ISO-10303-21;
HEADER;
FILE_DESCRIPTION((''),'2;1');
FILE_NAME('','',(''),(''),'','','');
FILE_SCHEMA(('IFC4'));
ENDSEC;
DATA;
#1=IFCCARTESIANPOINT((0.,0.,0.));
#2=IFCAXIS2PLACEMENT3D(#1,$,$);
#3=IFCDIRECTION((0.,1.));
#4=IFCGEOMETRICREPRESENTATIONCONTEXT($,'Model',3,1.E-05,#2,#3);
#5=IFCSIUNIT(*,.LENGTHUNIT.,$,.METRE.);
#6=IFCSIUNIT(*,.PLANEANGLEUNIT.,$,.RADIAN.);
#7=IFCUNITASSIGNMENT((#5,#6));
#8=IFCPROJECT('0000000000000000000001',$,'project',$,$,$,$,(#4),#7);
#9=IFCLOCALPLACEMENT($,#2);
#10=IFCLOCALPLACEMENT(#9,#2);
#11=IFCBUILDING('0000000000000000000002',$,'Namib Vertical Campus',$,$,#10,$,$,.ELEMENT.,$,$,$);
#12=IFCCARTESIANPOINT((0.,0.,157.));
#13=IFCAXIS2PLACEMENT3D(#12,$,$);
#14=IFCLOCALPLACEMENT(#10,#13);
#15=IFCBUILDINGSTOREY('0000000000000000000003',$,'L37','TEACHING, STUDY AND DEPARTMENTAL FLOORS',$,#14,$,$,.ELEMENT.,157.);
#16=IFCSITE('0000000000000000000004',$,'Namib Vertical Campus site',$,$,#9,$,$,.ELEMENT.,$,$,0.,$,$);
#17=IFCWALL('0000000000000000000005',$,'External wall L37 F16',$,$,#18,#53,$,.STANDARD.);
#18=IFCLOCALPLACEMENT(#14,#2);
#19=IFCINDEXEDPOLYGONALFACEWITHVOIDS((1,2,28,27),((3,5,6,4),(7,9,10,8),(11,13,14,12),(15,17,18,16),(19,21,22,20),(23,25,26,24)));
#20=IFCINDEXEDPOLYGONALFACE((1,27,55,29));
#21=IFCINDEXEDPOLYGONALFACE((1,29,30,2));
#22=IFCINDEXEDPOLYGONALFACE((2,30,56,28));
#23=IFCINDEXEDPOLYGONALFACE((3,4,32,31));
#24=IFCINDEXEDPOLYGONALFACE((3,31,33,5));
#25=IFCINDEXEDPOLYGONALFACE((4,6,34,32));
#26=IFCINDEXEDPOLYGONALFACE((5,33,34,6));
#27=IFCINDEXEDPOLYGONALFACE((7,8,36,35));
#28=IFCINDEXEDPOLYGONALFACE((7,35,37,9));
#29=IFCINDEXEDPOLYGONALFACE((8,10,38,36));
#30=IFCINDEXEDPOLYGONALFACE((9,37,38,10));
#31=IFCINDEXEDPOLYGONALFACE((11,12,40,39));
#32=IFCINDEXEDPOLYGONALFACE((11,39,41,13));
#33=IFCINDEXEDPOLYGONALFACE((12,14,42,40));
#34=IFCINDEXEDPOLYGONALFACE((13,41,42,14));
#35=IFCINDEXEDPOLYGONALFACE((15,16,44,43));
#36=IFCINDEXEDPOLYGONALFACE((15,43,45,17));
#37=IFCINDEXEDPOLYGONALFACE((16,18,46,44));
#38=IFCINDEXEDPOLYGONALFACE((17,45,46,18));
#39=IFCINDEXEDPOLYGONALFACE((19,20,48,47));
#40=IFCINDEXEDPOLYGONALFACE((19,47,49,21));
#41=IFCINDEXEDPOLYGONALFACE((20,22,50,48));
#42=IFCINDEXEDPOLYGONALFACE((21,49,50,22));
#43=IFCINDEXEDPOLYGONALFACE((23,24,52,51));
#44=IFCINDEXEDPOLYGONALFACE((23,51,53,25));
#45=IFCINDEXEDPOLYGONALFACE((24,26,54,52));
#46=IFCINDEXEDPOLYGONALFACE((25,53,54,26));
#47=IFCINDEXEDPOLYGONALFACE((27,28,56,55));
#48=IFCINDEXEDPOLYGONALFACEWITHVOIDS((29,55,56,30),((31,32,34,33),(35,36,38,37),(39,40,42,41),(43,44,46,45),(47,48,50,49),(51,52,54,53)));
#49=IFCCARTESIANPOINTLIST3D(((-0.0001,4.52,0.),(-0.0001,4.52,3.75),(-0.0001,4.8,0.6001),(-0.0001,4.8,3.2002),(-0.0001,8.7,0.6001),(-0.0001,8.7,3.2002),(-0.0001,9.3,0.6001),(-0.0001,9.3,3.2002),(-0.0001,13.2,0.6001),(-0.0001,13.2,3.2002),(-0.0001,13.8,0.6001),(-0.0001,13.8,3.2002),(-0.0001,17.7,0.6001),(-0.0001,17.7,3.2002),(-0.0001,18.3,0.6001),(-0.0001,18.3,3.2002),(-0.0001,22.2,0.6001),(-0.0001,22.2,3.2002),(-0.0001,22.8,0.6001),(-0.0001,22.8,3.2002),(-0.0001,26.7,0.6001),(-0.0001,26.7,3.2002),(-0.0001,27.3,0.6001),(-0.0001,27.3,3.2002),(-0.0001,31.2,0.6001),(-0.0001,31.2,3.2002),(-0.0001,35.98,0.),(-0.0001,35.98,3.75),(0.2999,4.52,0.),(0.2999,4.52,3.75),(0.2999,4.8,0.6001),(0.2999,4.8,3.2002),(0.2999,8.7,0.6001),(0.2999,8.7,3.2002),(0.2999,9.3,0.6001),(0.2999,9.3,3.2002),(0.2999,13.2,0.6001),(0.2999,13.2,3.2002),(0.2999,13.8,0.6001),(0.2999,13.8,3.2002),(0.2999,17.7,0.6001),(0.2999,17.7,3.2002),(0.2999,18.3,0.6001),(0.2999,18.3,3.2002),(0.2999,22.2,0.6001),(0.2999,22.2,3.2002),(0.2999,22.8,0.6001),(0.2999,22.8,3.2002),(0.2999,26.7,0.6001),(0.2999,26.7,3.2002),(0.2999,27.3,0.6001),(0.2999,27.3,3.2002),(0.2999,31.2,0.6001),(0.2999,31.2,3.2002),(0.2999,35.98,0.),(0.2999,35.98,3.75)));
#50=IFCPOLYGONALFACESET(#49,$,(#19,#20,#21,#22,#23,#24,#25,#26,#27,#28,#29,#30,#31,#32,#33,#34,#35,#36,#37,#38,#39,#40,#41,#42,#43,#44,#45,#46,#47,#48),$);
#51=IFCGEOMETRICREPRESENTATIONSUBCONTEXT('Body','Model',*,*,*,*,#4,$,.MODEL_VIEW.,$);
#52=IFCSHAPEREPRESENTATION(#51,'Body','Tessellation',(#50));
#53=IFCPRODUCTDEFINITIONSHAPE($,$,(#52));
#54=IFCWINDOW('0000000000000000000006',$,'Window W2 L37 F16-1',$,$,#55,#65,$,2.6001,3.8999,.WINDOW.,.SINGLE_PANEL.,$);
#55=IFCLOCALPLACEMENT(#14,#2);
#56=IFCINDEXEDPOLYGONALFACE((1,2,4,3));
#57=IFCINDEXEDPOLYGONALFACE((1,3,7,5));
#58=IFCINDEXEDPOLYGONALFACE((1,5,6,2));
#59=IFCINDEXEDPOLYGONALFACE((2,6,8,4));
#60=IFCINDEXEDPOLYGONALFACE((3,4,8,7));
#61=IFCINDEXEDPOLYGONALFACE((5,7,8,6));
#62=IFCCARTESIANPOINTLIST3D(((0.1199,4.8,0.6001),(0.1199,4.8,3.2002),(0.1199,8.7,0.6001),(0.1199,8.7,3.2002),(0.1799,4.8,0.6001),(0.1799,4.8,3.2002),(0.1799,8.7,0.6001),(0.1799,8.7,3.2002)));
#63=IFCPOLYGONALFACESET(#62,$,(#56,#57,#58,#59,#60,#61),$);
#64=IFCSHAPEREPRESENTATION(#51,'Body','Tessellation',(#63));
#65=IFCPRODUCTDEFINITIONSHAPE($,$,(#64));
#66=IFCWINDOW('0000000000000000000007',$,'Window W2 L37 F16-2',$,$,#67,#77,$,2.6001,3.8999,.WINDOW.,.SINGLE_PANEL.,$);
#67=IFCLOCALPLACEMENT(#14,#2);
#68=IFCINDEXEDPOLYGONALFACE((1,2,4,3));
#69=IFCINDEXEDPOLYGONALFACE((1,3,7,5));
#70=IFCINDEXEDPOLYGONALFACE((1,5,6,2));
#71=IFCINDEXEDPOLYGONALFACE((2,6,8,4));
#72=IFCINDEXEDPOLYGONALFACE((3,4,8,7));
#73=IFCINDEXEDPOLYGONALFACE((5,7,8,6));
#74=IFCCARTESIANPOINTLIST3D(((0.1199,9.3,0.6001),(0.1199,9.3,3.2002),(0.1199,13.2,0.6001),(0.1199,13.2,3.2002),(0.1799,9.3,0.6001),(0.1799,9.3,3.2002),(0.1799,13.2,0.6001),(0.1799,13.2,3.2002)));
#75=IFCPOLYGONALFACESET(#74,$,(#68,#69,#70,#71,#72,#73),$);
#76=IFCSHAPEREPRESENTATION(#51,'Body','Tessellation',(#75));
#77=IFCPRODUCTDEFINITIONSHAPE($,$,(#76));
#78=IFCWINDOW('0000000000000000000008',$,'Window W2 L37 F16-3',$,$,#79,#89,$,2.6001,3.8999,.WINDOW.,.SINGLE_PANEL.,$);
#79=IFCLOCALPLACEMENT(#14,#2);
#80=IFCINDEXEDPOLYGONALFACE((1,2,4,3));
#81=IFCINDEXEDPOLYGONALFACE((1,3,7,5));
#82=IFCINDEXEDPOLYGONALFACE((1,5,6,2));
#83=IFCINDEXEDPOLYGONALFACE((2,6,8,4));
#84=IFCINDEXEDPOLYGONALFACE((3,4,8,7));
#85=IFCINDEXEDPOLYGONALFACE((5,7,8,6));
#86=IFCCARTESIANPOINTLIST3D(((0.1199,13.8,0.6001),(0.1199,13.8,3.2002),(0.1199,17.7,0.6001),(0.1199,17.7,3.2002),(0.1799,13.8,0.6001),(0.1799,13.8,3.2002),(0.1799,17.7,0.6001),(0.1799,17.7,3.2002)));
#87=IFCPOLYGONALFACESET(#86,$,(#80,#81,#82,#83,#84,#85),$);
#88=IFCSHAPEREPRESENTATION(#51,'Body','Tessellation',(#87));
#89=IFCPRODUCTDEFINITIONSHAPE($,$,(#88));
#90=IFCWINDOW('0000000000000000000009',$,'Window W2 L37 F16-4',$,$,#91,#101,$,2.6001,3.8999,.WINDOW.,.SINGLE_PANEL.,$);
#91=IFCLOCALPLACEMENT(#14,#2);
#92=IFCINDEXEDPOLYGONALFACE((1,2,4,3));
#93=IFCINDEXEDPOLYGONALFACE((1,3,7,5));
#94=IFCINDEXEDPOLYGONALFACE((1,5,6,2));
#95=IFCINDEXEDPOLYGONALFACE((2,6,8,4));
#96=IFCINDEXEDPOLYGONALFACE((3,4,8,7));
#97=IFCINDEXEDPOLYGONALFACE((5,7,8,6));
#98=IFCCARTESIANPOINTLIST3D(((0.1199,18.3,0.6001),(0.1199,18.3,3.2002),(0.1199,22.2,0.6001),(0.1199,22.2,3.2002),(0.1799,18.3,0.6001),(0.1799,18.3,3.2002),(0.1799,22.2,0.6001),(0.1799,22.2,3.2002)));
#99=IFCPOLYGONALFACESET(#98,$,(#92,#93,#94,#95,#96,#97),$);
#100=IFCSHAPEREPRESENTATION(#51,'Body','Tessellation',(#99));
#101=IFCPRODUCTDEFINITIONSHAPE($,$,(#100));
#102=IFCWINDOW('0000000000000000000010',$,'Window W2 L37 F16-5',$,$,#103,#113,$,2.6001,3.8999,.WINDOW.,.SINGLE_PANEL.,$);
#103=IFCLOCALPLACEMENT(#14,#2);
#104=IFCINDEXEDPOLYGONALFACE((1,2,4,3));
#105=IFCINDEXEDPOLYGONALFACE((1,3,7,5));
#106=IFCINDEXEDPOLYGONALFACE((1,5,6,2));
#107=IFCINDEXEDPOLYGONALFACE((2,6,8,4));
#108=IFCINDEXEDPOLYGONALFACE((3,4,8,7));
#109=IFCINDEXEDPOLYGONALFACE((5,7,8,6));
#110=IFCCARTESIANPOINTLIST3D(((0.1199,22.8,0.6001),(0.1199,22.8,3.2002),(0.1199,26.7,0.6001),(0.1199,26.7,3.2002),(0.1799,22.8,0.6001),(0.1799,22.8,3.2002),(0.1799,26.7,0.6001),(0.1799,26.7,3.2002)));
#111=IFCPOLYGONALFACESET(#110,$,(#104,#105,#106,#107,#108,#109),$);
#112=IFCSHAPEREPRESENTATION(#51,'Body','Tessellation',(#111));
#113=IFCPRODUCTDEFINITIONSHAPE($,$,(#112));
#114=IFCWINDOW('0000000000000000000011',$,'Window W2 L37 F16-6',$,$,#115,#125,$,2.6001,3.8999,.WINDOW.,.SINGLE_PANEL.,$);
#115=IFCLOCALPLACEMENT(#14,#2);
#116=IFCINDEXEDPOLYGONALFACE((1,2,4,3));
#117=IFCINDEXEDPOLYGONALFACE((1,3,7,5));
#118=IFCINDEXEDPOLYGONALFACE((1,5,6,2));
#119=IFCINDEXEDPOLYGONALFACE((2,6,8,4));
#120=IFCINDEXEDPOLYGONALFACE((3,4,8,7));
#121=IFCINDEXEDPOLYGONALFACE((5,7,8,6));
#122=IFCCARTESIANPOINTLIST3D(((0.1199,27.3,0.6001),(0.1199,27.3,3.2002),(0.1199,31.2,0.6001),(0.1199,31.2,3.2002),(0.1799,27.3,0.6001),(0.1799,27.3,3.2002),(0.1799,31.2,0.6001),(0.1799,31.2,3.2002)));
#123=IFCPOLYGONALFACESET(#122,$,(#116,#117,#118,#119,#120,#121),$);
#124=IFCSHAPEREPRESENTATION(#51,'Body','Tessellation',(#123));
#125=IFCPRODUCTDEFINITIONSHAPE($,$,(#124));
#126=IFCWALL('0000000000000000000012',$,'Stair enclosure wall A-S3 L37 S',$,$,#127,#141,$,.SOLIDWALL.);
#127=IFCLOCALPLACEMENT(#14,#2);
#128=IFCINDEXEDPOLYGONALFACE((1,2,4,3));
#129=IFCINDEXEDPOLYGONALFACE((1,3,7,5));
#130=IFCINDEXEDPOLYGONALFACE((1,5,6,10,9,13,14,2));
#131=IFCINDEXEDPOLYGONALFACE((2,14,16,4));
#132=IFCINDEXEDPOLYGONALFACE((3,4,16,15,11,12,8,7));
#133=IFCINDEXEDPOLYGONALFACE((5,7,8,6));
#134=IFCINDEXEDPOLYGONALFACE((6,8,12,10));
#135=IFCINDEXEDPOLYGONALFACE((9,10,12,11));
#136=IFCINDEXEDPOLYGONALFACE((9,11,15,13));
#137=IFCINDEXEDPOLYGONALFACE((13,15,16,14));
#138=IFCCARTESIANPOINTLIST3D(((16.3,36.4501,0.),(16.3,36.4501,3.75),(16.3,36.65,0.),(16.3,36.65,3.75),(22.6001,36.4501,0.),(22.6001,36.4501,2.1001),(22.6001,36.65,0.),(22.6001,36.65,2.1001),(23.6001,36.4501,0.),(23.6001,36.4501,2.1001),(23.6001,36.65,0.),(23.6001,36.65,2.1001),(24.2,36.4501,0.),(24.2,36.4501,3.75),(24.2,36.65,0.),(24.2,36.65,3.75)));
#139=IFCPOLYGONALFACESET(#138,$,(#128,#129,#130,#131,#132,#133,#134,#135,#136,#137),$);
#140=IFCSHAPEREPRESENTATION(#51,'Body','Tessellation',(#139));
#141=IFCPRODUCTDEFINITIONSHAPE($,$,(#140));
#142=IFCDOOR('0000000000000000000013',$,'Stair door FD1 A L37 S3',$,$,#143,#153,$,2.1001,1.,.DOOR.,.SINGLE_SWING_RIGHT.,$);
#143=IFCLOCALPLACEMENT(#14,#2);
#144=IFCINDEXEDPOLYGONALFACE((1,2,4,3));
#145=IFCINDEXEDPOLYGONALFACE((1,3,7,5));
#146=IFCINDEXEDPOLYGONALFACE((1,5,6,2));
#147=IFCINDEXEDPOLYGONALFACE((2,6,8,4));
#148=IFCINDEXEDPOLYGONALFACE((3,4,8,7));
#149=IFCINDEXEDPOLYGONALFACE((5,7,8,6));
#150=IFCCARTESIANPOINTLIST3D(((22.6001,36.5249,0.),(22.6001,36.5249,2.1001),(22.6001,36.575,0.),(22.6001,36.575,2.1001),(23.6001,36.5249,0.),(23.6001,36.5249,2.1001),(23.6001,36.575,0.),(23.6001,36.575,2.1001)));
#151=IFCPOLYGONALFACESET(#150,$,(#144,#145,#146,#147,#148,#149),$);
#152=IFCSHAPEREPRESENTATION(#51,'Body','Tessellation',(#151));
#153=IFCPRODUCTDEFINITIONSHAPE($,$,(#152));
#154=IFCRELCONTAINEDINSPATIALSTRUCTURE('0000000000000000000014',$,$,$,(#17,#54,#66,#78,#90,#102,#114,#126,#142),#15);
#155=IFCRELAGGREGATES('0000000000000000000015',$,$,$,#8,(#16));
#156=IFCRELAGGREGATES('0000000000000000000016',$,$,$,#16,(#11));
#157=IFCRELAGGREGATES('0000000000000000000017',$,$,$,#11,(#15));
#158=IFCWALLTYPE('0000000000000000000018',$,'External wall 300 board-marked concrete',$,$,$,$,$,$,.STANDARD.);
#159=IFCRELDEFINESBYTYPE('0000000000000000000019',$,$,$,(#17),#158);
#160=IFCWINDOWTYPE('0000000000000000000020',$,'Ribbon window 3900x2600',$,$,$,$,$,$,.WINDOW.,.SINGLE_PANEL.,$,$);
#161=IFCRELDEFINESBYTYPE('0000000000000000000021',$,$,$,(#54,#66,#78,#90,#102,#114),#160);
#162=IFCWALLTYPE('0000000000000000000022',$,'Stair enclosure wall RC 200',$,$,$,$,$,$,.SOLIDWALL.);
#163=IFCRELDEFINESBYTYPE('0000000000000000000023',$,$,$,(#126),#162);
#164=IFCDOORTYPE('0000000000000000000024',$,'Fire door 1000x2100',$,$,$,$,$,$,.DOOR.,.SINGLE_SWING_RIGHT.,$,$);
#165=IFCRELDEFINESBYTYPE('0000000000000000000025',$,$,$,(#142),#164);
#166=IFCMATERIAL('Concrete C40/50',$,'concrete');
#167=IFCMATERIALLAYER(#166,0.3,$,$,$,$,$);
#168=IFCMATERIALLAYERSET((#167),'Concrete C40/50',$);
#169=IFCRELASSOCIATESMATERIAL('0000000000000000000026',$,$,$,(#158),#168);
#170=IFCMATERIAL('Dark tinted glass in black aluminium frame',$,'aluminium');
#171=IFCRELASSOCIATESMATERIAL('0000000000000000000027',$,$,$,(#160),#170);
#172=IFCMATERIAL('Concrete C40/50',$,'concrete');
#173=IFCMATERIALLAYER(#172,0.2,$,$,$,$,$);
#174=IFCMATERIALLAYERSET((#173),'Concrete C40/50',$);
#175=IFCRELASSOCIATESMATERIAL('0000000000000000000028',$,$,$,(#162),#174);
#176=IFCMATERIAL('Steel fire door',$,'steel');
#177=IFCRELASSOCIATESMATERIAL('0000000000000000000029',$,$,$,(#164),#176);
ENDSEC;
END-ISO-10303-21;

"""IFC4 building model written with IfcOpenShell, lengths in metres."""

from ifc_helpers import new_model, si_unit, direction, frame, frame_2d, origin, place, context, subcontext, project, spatial, rectangle, extrude, material, layer, layer_set, type_object, element, fill, save


model = new_model("IFC4")

# Units and contexts
model_context = context("Model", 3, precision=1e-05, world=origin(), true_north=direction((0.0, 1.0)))
body_context = subcontext(model_context, "Body", "Model", "MODEL_VIEW")
ifc_project = project(units=[si_unit("LENGTHUNIT", "METRE"), si_unit("PLANEANGLEUNIT", "RADIAN")], contexts=[model_context])

# Site, building, storey
site_placement = place(None, origin())
site = spatial("IfcSite", under=ifc_project, at=site_placement, Name="Namib Vertical Campus site", CompositionType="ELEMENT", RefElevation=0.0)
building_placement = place(site_placement, origin())
building = spatial("IfcBuilding", under=site, at=building_placement, Name="Namib Vertical Campus", CompositionType="ELEMENT")
storey_placement = place(building_placement, frame((0.0, 0.0, 157.0)))
storey = spatial("IfcBuildingStorey", under=building, at=storey_placement, Name="L37", Description="TEACHING, STUDY AND DEPARTMENTAL FLOORS", CompositionType="ELEMENT", Elevation=157.0)

# Shared definitions
ifc_material_1 = material(Name="Concrete C40/50", Category="concrete")
ifc_layer_1 = layer(ifc_material_1, 0.3)
ifc_layer_set_1 = layer_set([ifc_layer_1], Name="Concrete C40/50")
wall_type_1 = type_object("IfcWallType", Name="External wall 300 board-marked concrete", PredefinedType="STANDARD", material=ifc_layer_set_1)

# Wall, openings, windows
wall_1_placement = place(storey_placement, frame((0.1499, 35.98, 0.0), z_axis=(0.0, 0.0, 1.0), x_axis=(0.0, -1.0, 0.0)))
wall_1 = element("IfcWall", 1, at=wall_1_placement, inside=storey, type_object=wall_type_1, Name="External wall L37 F16", PredefinedType="STANDARD", context=body_context, shape_type="SweptSolid", body=[
    extrude(rectangle(XDim=31.46, YDim=0.3, at=frame_2d((15.73, 0.0))), origin(), (0.0, 0.0, 1.0), 3.75),
])
opening_1_placement = place(wall_1_placement, frame((27.28, 0.0, 0.6001)))
opening_1 = element("IfcOpeningElement", 2, at=opening_1_placement, cuts=wall_1, PredefinedType="OPENING", context=body_context, shape_type="SweptSolid", body=[
    extrude(rectangle(XDim=3.8999, YDim=2.6001, at=frame_2d((1.95, 1.3))), frame((0.0, 0.1599, 0.0), z_axis=(0.0, -1.0, 0.0), x_axis=(1.0, 0.0, 0.0)), (0.0, 0.0, 1.0), 0.3201),
])
opening_2_placement = place(wall_1_placement, frame((22.78, 0.0, 0.6001)))
opening_2 = element("IfcOpeningElement", 3, at=opening_2_placement, cuts=wall_1, PredefinedType="OPENING", context=body_context, shape_type="SweptSolid", body=[
    extrude(rectangle(XDim=3.8999, YDim=2.6001, at=frame_2d((1.95, 1.3))), frame((0.0, 0.1599, 0.0), z_axis=(0.0, -1.0, 0.0), x_axis=(1.0, 0.0, 0.0)), (0.0, 0.0, 1.0), 0.3201),
])
opening_3_placement = place(wall_1_placement, frame((18.28, 0.0, 0.6001)))
opening_3 = element("IfcOpeningElement", 4, at=opening_3_placement, cuts=wall_1, PredefinedType="OPENING", context=body_context, shape_type="SweptSolid", body=[
    extrude(rectangle(XDim=3.8999, YDim=2.6001, at=frame_2d((1.95, 1.3))), frame((0.0, 0.1599, 0.0), z_axis=(0.0, -1.0, 0.0), x_axis=(1.0, 0.0, 0.0)), (0.0, 0.0, 1.0), 0.3201),
])
opening_4_placement = place(wall_1_placement, frame((13.78, 0.0, 0.6001)))
opening_4 = element("IfcOpeningElement", 5, at=opening_4_placement, cuts=wall_1, PredefinedType="OPENING", context=body_context, shape_type="SweptSolid", body=[
    extrude(rectangle(XDim=3.8999, YDim=2.6001, at=frame_2d((1.95, 1.3))), frame((0.0, 0.1599, 0.0), z_axis=(0.0, -1.0, 0.0), x_axis=(1.0, 0.0, 0.0)), (0.0, 0.0, 1.0), 0.3201),
])
opening_5_placement = place(wall_1_placement, frame((9.28, 0.0, 0.6001)))
opening_5 = element("IfcOpeningElement", 6, at=opening_5_placement, cuts=wall_1, PredefinedType="OPENING", context=body_context, shape_type="SweptSolid", body=[
    extrude(rectangle(XDim=3.8999, YDim=2.6001, at=frame_2d((1.95, 1.3))), frame((0.0, 0.1599, 0.0), z_axis=(0.0, -1.0, 0.0), x_axis=(1.0, 0.0, 0.0)), (0.0, 0.0, 1.0), 0.3201),
])
opening_6_placement = place(wall_1_placement, frame((4.78, 0.0, 0.6001)))
opening_6 = element("IfcOpeningElement", 7, at=opening_6_placement, cuts=wall_1, PredefinedType="OPENING", context=body_context, shape_type="SweptSolid", body=[
    extrude(rectangle(XDim=3.8999, YDim=2.6001, at=frame_2d((1.95, 1.3))), frame((0.0, 0.1599, 0.0), z_axis=(0.0, -1.0, 0.0), x_axis=(1.0, 0.0, 0.0)), (0.0, 0.0, 1.0), 0.3201),
])
ifc_material_2 = material(Name="Dark tinted glass in black aluminium frame", Category="aluminium")
window_type = type_object("IfcWindowType", Name="Ribbon window 3900x2600", PartitioningType="SINGLE_PANEL", PredefinedType="WINDOW", material=ifc_material_2)
window_1_placement = place(opening_1_placement, origin())
window_1 = element("IfcWindow", 8, at=window_1_placement, inside=storey, type_object=window_type, Name="Window W2 L37 F16-1", OverallHeight=2.6001, OverallWidth=3.8999, PartitioningType="SINGLE_PANEL", PredefinedType="WINDOW", context=body_context, shape_type="SweptSolid", body=[
    extrude(rectangle(XDim=3.8999, YDim=2.6001, at=frame_2d((1.95, 1.3))), frame((0.0, 0.03, 0.0), z_axis=(0.0, -1.0, 0.0), x_axis=(1.0, 0.0, 0.0)), (0.0, 0.0, 1.0), 0.0601),
])
fill(opening_1, window_1)
window_2_placement = place(opening_2_placement, origin())
window_2 = element("IfcWindow", 9, at=window_2_placement, inside=storey, type_object=window_type, Name="Window W2 L37 F16-2", OverallHeight=2.6001, OverallWidth=3.8999, PartitioningType="SINGLE_PANEL", PredefinedType="WINDOW", context=body_context, shape_type="SweptSolid", body=[
    extrude(rectangle(XDim=3.8999, YDim=2.6001, at=frame_2d((1.95, 1.3))), frame((0.0, 0.03, 0.0), z_axis=(0.0, -1.0, 0.0), x_axis=(1.0, 0.0, 0.0)), (0.0, 0.0, 1.0), 0.0601),
])
fill(opening_2, window_2)
window_3_placement = place(opening_3_placement, origin())
window_3 = element("IfcWindow", 10, at=window_3_placement, inside=storey, type_object=window_type, Name="Window W2 L37 F16-3", OverallHeight=2.6001, OverallWidth=3.8999, PartitioningType="SINGLE_PANEL", PredefinedType="WINDOW", context=body_context, shape_type="SweptSolid", body=[
    extrude(rectangle(XDim=3.8999, YDim=2.6001, at=frame_2d((1.95, 1.3))), frame((0.0, 0.03, 0.0), z_axis=(0.0, -1.0, 0.0), x_axis=(1.0, 0.0, 0.0)), (0.0, 0.0, 1.0), 0.0601),
])
fill(opening_3, window_3)
window_4_placement = place(opening_4_placement, origin())
window_4 = element("IfcWindow", 11, at=window_4_placement, inside=storey, type_object=window_type, Name="Window W2 L37 F16-4", OverallHeight=2.6001, OverallWidth=3.8999, PartitioningType="SINGLE_PANEL", PredefinedType="WINDOW", context=body_context, shape_type="SweptSolid", body=[
    extrude(rectangle(XDim=3.8999, YDim=2.6001, at=frame_2d((1.95, 1.3))), frame((0.0, 0.03, 0.0), z_axis=(0.0, -1.0, 0.0), x_axis=(1.0, 0.0, 0.0)), (0.0, 0.0, 1.0), 0.0601),
])
fill(opening_4, window_4)
window_5_placement = place(opening_5_placement, origin())
window_5 = element("IfcWindow", 12, at=window_5_placement, inside=storey, type_object=window_type, Name="Window W2 L37 F16-5", OverallHeight=2.6001, OverallWidth=3.8999, PartitioningType="SINGLE_PANEL", PredefinedType="WINDOW", context=body_context, shape_type="SweptSolid", body=[
    extrude(rectangle(XDim=3.8999, YDim=2.6001, at=frame_2d((1.95, 1.3))), frame((0.0, 0.03, 0.0), z_axis=(0.0, -1.0, 0.0), x_axis=(1.0, 0.0, 0.0)), (0.0, 0.0, 1.0), 0.0601),
])
fill(opening_5, window_5)
window_6_placement = place(opening_6_placement, origin())
window_6 = element("IfcWindow", 13, at=window_6_placement, inside=storey, type_object=window_type, Name="Window W2 L37 F16-6", OverallHeight=2.6001, OverallWidth=3.8999, PartitioningType="SINGLE_PANEL", PredefinedType="WINDOW", context=body_context, shape_type="SweptSolid", body=[
    extrude(rectangle(XDim=3.8999, YDim=2.6001, at=frame_2d((1.95, 1.3))), frame((0.0, 0.03, 0.0), z_axis=(0.0, -1.0, 0.0), x_axis=(1.0, 0.0, 0.0)), (0.0, 0.0, 1.0), 0.0601),
])
fill(opening_6, window_6)

# Wall, opening, door
ifc_material_3 = material(Name="Concrete C40/50", Category="concrete")
ifc_layer_2 = layer(ifc_material_3, 0.2)
ifc_layer_set_2 = layer_set([ifc_layer_2], Name="Concrete C40/50")
wall_type_2 = type_object("IfcWallType", Name="Stair enclosure wall RC 200", PredefinedType="SOLIDWALL", material=ifc_layer_set_2)
wall_2_placement = place(storey_placement, frame((16.3, 36.55, 0.0), z_axis=(0.0, 0.0, 1.0), x_axis=(1.0, 0.0, 0.0)))
wall_2 = element("IfcWall", 14, at=wall_2_placement, inside=storey, type_object=wall_type_2, Name="Stair enclosure wall A-S3 L37 S", PredefinedType="SOLIDWALL", context=body_context, shape_type="SweptSolid", body=[
    extrude(rectangle(XDim=7.8999, YDim=0.2, at=frame_2d((3.95, 0.0))), origin(), (0.0, 0.0, 1.0), 3.75),
])
opening_7_placement = place(wall_2_placement, frame((6.3, 0.0, 0.0)))
opening_7 = element("IfcOpeningElement", 15, at=opening_7_placement, cuts=wall_2, PredefinedType="OPENING", context=body_context, shape_type="SweptSolid", body=[
    extrude(rectangle(XDim=1.0, YDim=2.1001, at=frame_2d((0.5, 1.05))), frame((0.0, 0.1099, 0.0), z_axis=(0.0, -1.0, 0.0), x_axis=(1.0, 0.0, 0.0)), (0.0, 0.0, 1.0), 0.22),
])
ifc_material_4 = material(Name="Steel fire door", Category="steel")
door_type = type_object("IfcDoorType", Name="Fire door 1000x2100", OperationType="SINGLE_SWING_RIGHT", PredefinedType="DOOR", material=ifc_material_4)
door_placement = place(opening_7_placement, origin())
door = element("IfcDoor", 16, at=door_placement, inside=storey, type_object=door_type, Name="Stair door FD1 A L37 S3", OperationType="SINGLE_SWING_RIGHT", OverallHeight=2.1001, OverallWidth=1.0, PredefinedType="DOOR", context=body_context, shape_type="SweptSolid", body=[
    extrude(rectangle(XDim=1.0, YDim=2.1001, at=frame_2d((0.5, 1.05))), frame((0.0, 0.0249, 0.0), z_axis=(0.0, -1.0, 0.0), x_axis=(1.0, 0.0, 0.0)), (0.0, 0.0, 1.0), 0.05),
])
fill(opening_7, door)

save(model, "model.ifc")
